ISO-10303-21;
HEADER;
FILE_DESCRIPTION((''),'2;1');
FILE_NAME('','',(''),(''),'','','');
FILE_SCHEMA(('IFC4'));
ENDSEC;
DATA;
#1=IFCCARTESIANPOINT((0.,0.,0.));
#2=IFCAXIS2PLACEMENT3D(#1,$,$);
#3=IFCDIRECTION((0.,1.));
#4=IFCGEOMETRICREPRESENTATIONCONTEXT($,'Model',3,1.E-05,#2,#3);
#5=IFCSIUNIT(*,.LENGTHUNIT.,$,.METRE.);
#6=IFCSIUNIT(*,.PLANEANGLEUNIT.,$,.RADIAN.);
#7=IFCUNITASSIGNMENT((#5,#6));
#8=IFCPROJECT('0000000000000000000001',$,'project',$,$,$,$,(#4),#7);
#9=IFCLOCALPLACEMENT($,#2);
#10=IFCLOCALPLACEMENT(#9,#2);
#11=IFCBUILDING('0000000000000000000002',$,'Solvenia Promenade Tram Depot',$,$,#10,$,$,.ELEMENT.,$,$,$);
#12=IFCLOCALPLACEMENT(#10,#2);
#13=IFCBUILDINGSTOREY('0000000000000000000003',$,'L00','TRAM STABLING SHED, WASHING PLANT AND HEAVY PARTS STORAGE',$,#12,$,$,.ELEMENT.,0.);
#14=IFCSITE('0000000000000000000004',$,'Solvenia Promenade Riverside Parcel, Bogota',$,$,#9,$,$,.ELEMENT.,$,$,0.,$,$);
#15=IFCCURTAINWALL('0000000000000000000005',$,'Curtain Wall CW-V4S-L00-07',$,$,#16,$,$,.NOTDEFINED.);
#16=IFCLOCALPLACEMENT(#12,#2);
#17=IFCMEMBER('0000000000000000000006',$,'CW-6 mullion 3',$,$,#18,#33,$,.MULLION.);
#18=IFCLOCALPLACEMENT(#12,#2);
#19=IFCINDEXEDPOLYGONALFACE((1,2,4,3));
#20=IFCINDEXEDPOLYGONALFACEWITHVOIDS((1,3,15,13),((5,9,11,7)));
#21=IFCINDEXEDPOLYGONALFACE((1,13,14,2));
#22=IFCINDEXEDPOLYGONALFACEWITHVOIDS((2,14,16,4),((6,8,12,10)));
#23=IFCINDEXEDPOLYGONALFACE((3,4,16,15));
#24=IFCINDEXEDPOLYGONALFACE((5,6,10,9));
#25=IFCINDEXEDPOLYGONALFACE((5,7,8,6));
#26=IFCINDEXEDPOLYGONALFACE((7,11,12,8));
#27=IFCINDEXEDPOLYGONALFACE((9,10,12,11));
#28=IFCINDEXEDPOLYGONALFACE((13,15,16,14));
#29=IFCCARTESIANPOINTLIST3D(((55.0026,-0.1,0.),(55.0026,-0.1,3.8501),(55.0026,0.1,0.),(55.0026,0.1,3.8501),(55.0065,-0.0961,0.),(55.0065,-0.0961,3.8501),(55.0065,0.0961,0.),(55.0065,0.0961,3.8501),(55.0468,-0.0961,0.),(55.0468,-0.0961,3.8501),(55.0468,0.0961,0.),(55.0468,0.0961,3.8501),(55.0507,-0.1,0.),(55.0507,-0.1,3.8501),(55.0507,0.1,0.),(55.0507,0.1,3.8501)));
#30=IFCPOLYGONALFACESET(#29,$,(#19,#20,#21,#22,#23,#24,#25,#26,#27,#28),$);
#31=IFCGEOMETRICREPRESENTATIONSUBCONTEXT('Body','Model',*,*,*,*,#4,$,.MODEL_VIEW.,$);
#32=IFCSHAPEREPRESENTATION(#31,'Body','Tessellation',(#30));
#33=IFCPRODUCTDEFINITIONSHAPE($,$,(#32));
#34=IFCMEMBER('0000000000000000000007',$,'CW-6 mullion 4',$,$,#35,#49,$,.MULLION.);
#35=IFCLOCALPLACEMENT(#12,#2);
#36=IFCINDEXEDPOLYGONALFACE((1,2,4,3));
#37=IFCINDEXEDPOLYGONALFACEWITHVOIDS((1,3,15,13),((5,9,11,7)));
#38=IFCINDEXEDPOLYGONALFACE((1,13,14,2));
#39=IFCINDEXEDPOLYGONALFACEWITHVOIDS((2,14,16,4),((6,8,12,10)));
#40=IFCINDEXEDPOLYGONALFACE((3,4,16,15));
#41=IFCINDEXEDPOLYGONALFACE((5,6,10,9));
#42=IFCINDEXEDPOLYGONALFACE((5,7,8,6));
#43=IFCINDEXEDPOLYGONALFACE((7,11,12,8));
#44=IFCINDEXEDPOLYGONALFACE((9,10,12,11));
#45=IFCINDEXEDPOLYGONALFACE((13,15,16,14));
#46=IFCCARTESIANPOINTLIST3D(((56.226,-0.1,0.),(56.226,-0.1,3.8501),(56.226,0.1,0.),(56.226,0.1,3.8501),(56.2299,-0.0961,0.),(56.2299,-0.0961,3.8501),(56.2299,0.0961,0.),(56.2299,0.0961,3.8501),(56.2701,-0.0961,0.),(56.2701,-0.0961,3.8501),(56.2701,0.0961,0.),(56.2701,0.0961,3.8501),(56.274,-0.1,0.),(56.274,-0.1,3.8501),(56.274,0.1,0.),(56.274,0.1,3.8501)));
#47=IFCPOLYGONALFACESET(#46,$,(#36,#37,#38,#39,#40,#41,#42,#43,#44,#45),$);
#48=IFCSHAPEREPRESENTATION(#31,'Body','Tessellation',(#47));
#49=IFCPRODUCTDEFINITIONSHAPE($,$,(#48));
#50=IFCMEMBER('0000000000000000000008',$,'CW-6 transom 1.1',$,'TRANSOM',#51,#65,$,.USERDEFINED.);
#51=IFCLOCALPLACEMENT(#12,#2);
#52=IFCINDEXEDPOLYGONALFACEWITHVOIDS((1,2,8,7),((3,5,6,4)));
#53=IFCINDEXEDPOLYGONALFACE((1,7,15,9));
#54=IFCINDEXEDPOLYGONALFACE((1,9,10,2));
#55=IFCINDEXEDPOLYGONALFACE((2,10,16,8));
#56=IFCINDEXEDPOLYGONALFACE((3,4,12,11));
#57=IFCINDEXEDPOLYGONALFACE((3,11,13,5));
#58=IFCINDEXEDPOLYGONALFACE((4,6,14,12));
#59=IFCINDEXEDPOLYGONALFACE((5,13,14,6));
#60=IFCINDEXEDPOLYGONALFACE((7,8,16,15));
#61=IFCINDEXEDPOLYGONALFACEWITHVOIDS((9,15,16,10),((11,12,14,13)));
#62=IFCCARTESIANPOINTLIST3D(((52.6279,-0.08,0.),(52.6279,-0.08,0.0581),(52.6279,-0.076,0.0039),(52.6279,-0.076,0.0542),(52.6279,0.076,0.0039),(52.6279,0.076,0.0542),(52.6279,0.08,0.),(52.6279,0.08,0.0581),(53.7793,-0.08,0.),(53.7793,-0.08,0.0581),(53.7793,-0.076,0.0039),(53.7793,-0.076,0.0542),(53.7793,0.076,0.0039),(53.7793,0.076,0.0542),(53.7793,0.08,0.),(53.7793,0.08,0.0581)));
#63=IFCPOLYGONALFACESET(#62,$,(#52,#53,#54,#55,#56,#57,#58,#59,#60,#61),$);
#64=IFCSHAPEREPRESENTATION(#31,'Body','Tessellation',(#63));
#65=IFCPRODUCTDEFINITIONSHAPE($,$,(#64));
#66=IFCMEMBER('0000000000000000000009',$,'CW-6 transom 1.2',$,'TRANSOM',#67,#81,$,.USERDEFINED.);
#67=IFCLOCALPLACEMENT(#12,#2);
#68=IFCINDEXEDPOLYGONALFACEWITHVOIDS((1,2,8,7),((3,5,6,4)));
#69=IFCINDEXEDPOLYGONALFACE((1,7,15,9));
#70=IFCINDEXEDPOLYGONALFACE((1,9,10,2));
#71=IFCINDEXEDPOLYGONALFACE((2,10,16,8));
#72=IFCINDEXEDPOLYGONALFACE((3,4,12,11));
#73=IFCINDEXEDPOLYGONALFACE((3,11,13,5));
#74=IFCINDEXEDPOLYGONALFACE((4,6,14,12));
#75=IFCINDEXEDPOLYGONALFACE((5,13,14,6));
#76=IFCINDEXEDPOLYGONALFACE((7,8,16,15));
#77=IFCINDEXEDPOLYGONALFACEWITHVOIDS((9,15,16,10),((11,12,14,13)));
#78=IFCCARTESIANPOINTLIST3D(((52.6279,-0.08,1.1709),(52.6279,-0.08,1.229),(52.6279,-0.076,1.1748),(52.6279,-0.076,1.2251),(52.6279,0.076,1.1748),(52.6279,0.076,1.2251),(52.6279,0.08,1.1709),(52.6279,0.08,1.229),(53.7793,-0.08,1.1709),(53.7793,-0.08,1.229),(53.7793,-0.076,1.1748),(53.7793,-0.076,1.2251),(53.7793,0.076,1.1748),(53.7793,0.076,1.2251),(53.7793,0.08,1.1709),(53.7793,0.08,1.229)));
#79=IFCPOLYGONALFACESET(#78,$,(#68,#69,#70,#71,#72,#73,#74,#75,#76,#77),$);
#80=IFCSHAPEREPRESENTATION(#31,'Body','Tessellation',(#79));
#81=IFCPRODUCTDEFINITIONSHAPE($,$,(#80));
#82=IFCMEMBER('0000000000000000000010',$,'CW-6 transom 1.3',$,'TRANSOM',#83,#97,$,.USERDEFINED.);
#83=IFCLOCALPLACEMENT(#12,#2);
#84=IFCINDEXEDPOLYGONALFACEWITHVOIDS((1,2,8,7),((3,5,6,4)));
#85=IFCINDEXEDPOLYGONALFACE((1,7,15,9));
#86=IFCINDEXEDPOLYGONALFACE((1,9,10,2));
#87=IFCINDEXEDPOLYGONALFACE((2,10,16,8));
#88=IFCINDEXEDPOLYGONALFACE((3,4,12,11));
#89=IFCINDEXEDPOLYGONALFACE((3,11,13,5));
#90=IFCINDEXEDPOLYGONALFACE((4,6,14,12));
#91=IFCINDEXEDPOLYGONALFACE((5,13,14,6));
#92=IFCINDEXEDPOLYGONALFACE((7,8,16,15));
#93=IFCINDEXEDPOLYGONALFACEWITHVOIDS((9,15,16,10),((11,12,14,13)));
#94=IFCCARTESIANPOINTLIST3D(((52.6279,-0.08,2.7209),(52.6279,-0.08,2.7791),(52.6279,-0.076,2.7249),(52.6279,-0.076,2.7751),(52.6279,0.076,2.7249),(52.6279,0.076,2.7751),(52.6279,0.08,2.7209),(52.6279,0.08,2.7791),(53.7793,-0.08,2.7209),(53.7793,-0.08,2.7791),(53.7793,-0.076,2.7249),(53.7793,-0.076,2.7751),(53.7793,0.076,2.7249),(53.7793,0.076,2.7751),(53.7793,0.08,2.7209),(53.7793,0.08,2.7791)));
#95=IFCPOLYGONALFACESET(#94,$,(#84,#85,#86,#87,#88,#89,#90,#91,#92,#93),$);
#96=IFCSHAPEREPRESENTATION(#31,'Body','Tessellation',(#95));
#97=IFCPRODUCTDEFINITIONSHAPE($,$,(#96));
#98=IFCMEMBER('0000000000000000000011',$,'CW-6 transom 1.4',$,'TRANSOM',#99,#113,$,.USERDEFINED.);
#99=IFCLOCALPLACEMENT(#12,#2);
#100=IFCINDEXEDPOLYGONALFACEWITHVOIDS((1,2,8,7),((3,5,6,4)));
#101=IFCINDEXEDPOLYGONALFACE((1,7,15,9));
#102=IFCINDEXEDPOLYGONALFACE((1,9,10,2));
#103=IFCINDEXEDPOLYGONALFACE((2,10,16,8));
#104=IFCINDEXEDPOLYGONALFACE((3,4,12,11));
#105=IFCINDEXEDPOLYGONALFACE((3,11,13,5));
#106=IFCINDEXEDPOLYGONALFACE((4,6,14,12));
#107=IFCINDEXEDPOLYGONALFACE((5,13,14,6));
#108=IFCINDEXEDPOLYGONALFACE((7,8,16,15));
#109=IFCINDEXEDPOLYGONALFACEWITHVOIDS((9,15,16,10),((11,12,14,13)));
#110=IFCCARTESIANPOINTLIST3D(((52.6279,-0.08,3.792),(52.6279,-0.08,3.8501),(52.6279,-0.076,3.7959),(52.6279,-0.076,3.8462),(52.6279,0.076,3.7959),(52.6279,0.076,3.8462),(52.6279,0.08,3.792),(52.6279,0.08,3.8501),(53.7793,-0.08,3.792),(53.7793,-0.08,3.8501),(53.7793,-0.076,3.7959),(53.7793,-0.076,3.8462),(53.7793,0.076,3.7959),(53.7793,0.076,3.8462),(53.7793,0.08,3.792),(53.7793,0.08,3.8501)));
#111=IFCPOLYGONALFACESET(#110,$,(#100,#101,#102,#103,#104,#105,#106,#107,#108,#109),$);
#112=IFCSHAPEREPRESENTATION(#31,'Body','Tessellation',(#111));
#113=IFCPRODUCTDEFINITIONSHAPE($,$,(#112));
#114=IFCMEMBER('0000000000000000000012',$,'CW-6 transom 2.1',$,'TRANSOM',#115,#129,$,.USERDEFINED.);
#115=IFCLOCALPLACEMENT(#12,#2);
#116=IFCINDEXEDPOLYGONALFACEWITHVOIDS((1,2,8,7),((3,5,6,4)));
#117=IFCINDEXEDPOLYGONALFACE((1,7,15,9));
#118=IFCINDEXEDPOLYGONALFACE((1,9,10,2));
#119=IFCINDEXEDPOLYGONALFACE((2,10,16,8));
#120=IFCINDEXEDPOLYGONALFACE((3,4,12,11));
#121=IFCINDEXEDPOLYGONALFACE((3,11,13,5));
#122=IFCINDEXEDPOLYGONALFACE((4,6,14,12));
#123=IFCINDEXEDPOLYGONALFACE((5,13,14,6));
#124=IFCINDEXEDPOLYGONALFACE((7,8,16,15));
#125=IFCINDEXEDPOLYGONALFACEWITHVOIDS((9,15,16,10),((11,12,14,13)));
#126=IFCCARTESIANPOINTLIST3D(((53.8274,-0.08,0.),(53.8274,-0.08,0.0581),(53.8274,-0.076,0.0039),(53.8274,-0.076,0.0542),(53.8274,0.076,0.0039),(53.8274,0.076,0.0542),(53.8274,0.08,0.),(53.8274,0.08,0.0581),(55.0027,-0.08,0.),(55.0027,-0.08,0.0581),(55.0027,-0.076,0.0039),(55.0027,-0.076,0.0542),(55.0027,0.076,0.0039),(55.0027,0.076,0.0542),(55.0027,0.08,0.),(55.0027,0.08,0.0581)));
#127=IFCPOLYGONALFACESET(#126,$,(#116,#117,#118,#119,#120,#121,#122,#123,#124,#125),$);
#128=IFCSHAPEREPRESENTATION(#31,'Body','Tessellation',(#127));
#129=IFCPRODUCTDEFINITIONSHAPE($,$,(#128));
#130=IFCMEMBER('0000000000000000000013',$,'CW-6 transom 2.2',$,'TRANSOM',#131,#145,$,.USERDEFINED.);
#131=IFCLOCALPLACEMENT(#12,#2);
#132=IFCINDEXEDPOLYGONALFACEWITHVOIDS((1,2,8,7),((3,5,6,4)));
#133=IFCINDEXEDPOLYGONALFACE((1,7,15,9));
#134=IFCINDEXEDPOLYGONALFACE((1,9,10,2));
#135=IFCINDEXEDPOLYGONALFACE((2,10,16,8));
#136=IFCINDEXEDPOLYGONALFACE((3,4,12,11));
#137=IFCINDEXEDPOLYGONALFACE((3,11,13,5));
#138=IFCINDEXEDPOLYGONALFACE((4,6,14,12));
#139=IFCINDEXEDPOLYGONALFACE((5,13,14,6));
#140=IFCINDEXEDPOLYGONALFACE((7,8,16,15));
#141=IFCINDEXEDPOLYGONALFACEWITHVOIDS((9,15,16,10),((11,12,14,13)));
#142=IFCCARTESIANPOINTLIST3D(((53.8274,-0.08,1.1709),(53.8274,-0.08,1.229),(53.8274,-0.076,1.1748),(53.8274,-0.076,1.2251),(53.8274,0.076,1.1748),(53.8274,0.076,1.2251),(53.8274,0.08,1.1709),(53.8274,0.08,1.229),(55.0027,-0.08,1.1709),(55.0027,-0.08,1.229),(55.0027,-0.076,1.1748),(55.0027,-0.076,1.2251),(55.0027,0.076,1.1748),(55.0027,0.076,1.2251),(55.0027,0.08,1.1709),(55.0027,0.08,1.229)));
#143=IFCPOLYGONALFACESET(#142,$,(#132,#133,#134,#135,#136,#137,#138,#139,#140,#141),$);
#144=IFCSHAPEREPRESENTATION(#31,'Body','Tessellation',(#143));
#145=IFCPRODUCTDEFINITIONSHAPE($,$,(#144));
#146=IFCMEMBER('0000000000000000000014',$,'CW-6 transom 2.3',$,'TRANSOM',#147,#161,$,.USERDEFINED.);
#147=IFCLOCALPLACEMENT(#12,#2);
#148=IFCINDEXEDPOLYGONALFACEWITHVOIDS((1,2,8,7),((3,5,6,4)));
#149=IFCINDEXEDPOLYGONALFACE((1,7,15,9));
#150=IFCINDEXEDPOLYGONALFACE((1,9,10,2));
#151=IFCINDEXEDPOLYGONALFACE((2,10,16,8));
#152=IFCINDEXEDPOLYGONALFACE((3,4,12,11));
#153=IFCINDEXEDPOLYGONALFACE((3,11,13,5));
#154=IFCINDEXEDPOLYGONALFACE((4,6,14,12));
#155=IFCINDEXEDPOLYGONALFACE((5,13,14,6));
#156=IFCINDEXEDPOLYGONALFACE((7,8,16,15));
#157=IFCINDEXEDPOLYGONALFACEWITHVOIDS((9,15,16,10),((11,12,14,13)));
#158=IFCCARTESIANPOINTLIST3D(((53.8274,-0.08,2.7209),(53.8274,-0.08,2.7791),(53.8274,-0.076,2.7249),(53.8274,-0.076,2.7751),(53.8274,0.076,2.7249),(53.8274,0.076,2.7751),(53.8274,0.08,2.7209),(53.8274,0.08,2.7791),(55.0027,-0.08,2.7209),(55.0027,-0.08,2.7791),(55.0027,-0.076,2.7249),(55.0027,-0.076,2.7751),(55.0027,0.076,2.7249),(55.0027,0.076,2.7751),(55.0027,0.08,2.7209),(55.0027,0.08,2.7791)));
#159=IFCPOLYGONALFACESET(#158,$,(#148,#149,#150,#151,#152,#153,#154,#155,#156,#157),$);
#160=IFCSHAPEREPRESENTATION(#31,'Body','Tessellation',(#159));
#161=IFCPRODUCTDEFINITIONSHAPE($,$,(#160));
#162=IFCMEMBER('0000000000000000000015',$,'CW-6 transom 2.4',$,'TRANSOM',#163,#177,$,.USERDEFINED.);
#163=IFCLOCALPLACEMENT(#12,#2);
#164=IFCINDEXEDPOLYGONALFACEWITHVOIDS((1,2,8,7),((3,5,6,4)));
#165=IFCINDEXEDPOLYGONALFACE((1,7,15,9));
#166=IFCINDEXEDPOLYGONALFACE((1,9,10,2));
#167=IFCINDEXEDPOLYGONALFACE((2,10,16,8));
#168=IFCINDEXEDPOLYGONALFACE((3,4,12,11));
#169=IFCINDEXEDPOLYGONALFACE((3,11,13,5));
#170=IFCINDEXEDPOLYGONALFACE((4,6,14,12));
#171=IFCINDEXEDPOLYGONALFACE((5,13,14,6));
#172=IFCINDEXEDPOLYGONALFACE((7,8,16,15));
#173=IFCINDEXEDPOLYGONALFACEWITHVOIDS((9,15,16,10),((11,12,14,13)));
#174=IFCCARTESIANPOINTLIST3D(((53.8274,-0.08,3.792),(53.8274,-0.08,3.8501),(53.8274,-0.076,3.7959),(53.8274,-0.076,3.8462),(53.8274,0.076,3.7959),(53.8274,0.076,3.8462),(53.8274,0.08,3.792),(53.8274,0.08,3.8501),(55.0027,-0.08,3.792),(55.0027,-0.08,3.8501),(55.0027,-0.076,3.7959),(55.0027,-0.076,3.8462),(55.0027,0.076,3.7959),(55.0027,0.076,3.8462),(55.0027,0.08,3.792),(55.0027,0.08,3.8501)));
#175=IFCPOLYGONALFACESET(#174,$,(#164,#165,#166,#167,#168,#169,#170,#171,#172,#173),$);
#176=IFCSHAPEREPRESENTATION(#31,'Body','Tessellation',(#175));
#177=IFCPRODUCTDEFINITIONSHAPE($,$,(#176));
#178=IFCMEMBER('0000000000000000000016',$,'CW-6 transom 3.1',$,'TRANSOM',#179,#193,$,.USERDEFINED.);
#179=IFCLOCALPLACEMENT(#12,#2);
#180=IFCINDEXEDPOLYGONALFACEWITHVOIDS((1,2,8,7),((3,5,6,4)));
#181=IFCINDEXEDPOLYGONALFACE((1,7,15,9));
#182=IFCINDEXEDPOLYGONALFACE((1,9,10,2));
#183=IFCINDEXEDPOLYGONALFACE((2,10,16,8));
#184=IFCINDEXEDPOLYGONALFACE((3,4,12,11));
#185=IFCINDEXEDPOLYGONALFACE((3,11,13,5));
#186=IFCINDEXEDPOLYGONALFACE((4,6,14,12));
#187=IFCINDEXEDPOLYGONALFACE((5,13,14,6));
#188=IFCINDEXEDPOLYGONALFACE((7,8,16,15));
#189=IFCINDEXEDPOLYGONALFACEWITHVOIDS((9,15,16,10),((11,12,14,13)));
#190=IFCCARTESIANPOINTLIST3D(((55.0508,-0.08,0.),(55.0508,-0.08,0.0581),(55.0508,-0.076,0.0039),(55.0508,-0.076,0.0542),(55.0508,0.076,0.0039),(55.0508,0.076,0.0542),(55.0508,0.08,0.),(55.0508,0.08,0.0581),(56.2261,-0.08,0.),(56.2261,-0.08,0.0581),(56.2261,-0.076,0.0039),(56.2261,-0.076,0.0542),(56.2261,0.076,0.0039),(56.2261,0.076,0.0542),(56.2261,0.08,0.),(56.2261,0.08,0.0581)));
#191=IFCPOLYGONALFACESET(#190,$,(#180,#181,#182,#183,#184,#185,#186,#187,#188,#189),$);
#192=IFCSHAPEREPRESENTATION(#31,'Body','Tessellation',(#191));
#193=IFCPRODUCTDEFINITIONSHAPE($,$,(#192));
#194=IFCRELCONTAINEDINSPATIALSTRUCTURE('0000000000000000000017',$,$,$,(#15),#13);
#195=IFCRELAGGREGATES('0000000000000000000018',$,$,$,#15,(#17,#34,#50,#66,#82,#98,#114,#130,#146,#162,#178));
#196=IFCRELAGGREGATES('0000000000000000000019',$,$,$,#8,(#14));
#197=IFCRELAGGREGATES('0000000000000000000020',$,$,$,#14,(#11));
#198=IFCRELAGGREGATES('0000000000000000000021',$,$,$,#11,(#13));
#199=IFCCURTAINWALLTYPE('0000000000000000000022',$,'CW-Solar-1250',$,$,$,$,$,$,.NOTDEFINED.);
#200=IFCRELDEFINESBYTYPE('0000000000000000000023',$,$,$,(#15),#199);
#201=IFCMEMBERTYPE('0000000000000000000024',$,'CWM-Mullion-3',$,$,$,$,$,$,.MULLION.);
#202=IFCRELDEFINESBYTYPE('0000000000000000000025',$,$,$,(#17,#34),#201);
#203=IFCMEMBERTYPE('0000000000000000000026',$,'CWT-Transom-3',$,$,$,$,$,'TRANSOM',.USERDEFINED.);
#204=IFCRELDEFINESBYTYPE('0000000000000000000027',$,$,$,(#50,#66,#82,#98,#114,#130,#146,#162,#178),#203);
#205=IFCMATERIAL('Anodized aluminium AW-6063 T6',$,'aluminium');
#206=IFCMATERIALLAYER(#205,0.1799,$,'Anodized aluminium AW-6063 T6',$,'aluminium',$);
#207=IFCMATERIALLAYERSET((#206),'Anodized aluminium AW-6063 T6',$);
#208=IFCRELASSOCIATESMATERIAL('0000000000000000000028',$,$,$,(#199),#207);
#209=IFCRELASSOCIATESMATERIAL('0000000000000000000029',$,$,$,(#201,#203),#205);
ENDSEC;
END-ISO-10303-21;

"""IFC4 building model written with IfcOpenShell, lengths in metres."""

from ifc_helpers import new_model, si_unit, direction, frame, origin, origin_2d, place, context, subcontext, project, spatial, hollow_rectangle, extrude, material, layer, layer_set, material_profile, profile_set, type_object, element, aggregate, save


model = new_model("IFC4")

# Units and contexts
model_context = context("Model", 3, precision=1e-05, world=origin(), true_north=direction((0.0, 1.0)))
body_context = subcontext(model_context, "Body", "Model", "MODEL_VIEW")
ifc_project = project(units=[si_unit("LENGTHUNIT", "METRE"), si_unit("PLANEANGLEUNIT", "RADIAN")], contexts=[model_context])

# Site, building, storey
site_placement = place(None, origin())
site = spatial("IfcSite", under=ifc_project, at=site_placement, Name="Solvenia Promenade Riverside Parcel, Bogota", CompositionType="ELEMENT", RefElevation=0.0)
building_placement = place(site_placement, origin())
building = spatial("IfcBuilding", under=site, at=building_placement, Name="Solvenia Promenade Tram Depot", CompositionType="ELEMENT")
storey_placement = place(building_placement, origin())
storey = spatial("IfcBuildingStorey", under=building, at=storey_placement, Name="L00", Description="TRAM STABLING SHED, WASHING PLANT AND HEAVY PARTS STORAGE", CompositionType="ELEMENT", Elevation=0.0)

# Curtain wall, members
ifc_material_1 = material(Name="Anodized aluminium AW-6063 T6", Category="aluminium")
ifc_layer_1 = layer(ifc_material_1, 0.1799, Name="Anodized aluminium AW-6063 T6", Category="aluminium")
ifc_layer_set_1 = layer_set([ifc_layer_1], Name="Anodized aluminium AW-6063 T6")
curtain_wall_type = type_object("IfcCurtainWallType", Name="CW-Solar-1250", PredefinedType="NOTDEFINED", material=ifc_layer_set_1)
curtain_wall_placement = place(storey_placement, origin())
curtain_wall = element("IfcCurtainWall", 1, at=curtain_wall_placement, inside=storey, type_object=curtain_wall_type, Name="Curtain Wall CW-V4S-L00-07", PredefinedType="NOTDEFINED")
ifc_material_profile_1 = material_profile(ifc_material_1, hollow_rectangle(XDim=0.2, YDim=0.0481, WallThickness=0.0039, at=origin_2d()), Name="ALU-M3", Category="aluminium")
ifc_profile_set_1 = profile_set([ifc_material_profile_1], Name="Anodized aluminium AW-6063 T6")
member_type_1 = type_object("IfcMemberType", Name="CWM-Mullion-3", PredefinedType="MULLION", material=ifc_profile_set_1)
member_1_placement = place(storey_placement, frame((55.0266, 0.0, 0.0), z_axis=(0.0, 0.0, 1.0), x_axis=(0.0, 1.0, 0.0)))
member_1 = element("IfcMember", 2, at=member_1_placement, type_object=member_type_1, Name="CW-6 mullion 3", PredefinedType="MULLION", context=body_context, shape_type="SweptSolid", body=[
    extrude(hollow_rectangle(XDim=0.2, YDim=0.0481, WallThickness=0.0039, at=origin_2d()), origin(), (0.0, 0.0, 1.0), 3.8501),
])
member_2_placement = place(storey_placement, frame((56.25, 0.0, 0.0), z_axis=(0.0, 0.0, 1.0), x_axis=(0.0, 1.0, 0.0)))
member_2 = element("IfcMember", 3, at=member_2_placement, type_object=member_type_1, Name="CW-6 mullion 4", PredefinedType="MULLION", context=body_context, shape_type="SweptSolid", body=[
    extrude(hollow_rectangle(XDim=0.2, YDim=0.0481, WallThickness=0.0039, at=origin_2d()), origin(), (0.0, 0.0, 1.0), 3.8501),
])
ifc_material_profile_2 = material_profile(ifc_material_1, hollow_rectangle(XDim=0.1599, YDim=0.0581, WallThickness=0.0039, at=origin_2d()), Name="ALU-T3", Category="aluminium")
ifc_profile_set_2 = profile_set([ifc_material_profile_2], Name="Anodized aluminium AW-6063 T6")
member_type_2 = type_object("IfcMemberType", Name="CWT-Transom-3", ElementType="TRANSOM", PredefinedType="USERDEFINED", material=ifc_profile_set_2)
member_3_placement = place(storey_placement, frame((52.6279, 0.0, 0.0291), z_axis=(1.0, 0.0, 0.0), x_axis=(0.0, 1.0, 0.0)))
member_3 = element("IfcMember", 4, at=member_3_placement, type_object=member_type_2, Name="CW-6 transom 1.1", ObjectType="TRANSOM", PredefinedType="USERDEFINED", context=body_context, shape_type="SweptSolid", body=[
    extrude(hollow_rectangle(XDim=0.1599, YDim=0.0581, WallThickness=0.0039, at=origin_2d()), origin(), (0.0, 0.0, 1.0), 1.1514),
])
member_4_placement = place(storey_placement, frame((52.6279, 0.0, 1.2), z_axis=(1.0, 0.0, 0.0), x_axis=(0.0, 1.0, 0.0)))
member_4 = element("IfcMember", 5, at=member_4_placement, type_object=member_type_2, Name="CW-6 transom 1.2", ObjectType="TRANSOM", PredefinedType="USERDEFINED", context=body_context, shape_type="SweptSolid", body=[
    extrude(hollow_rectangle(XDim=0.1599, YDim=0.0581, WallThickness=0.0039, at=origin_2d()), origin(), (0.0, 0.0, 1.0), 1.1514),
])
member_5_placement = place(storey_placement, frame((52.6279, 0.0, 2.75), z_axis=(1.0, 0.0, 0.0), x_axis=(0.0, 1.0, 0.0)))
member_5 = element("IfcMember", 6, at=member_5_placement, type_object=member_type_2, Name="CW-6 transom 1.3", ObjectType="TRANSOM", PredefinedType="USERDEFINED", context=body_context, shape_type="SweptSolid", body=[
    extrude(hollow_rectangle(XDim=0.1599, YDim=0.0581, WallThickness=0.0039, at=origin_2d()), origin(), (0.0, 0.0, 1.0), 1.1514),
])
member_6_placement = place(storey_placement, frame((52.6279, 0.0, 3.821), z_axis=(1.0, 0.0, 0.0), x_axis=(0.0, 1.0, 0.0)))
member_6 = element("IfcMember", 7, at=member_6_placement, type_object=member_type_2, Name="CW-6 transom 1.4", ObjectType="TRANSOM", PredefinedType="USERDEFINED", context=body_context, shape_type="SweptSolid", body=[
    extrude(hollow_rectangle(XDim=0.1599, YDim=0.0581, WallThickness=0.0039, at=origin_2d()), origin(), (0.0, 0.0, 1.0), 1.1514),
])
member_7_placement = place(storey_placement, frame((53.8274, 0.0, 0.0291), z_axis=(1.0, 0.0, 0.0), x_axis=(0.0, 1.0, 0.0)))
member_7 = element("IfcMember", 8, at=member_7_placement, type_object=member_type_2, Name="CW-6 transom 2.1", ObjectType="TRANSOM", PredefinedType="USERDEFINED", context=body_context, shape_type="SweptSolid", body=[
    extrude(hollow_rectangle(XDim=0.1599, YDim=0.0581, WallThickness=0.0039, at=origin_2d()), origin(), (0.0, 0.0, 1.0), 1.1753),
])
member_8_placement = place(storey_placement, frame((53.8274, 0.0, 1.2), z_axis=(1.0, 0.0, 0.0), x_axis=(0.0, 1.0, 0.0)))
member_8 = element("IfcMember", 9, at=member_8_placement, type_object=member_type_2, Name="CW-6 transom 2.2", ObjectType="TRANSOM", PredefinedType="USERDEFINED", context=body_context, shape_type="SweptSolid", body=[
    extrude(hollow_rectangle(XDim=0.1599, YDim=0.0581, WallThickness=0.0039, at=origin_2d()), origin(), (0.0, 0.0, 1.0), 1.1753),
])
member_9_placement = place(storey_placement, frame((53.8274, 0.0, 2.75), z_axis=(1.0, 0.0, 0.0), x_axis=(0.0, 1.0, 0.0)))
member_9 = element("IfcMember", 10, at=member_9_placement, type_object=member_type_2, Name="CW-6 transom 2.3", ObjectType="TRANSOM", PredefinedType="USERDEFINED", context=body_context, shape_type="SweptSolid", body=[
    extrude(hollow_rectangle(XDim=0.1599, YDim=0.0581, WallThickness=0.0039, at=origin_2d()), origin(), (0.0, 0.0, 1.0), 1.1753),
])
member_10_placement = place(storey_placement, frame((53.8274, 0.0, 3.821), z_axis=(1.0, 0.0, 0.0), x_axis=(0.0, 1.0, 0.0)))
member_10 = element("IfcMember", 11, at=member_10_placement, type_object=member_type_2, Name="CW-6 transom 2.4", ObjectType="TRANSOM", PredefinedType="USERDEFINED", context=body_context, shape_type="SweptSolid", body=[
    extrude(hollow_rectangle(XDim=0.1599, YDim=0.0581, WallThickness=0.0039, at=origin_2d()), origin(), (0.0, 0.0, 1.0), 1.1753),
])
member_11_placement = place(storey_placement, frame((55.0508, 0.0, 0.0291), z_axis=(1.0, 0.0, 0.0), x_axis=(0.0, 1.0, 0.0)))
member_11 = element("IfcMember", 12, at=member_11_placement, type_object=member_type_2, Name="CW-6 transom 3.1", ObjectType="TRANSOM", PredefinedType="USERDEFINED", context=body_context, shape_type="SweptSolid", body=[
    extrude(hollow_rectangle(XDim=0.1599, YDim=0.0581, WallThickness=0.0039, at=origin_2d()), origin(), (0.0, 0.0, 1.0), 1.1753),
])
aggregate(curtain_wall, [member_1, member_2, member_3, member_4, member_5, member_6, member_7, member_8, member_9, member_10, member_11])

save(model, "model.ifc")
